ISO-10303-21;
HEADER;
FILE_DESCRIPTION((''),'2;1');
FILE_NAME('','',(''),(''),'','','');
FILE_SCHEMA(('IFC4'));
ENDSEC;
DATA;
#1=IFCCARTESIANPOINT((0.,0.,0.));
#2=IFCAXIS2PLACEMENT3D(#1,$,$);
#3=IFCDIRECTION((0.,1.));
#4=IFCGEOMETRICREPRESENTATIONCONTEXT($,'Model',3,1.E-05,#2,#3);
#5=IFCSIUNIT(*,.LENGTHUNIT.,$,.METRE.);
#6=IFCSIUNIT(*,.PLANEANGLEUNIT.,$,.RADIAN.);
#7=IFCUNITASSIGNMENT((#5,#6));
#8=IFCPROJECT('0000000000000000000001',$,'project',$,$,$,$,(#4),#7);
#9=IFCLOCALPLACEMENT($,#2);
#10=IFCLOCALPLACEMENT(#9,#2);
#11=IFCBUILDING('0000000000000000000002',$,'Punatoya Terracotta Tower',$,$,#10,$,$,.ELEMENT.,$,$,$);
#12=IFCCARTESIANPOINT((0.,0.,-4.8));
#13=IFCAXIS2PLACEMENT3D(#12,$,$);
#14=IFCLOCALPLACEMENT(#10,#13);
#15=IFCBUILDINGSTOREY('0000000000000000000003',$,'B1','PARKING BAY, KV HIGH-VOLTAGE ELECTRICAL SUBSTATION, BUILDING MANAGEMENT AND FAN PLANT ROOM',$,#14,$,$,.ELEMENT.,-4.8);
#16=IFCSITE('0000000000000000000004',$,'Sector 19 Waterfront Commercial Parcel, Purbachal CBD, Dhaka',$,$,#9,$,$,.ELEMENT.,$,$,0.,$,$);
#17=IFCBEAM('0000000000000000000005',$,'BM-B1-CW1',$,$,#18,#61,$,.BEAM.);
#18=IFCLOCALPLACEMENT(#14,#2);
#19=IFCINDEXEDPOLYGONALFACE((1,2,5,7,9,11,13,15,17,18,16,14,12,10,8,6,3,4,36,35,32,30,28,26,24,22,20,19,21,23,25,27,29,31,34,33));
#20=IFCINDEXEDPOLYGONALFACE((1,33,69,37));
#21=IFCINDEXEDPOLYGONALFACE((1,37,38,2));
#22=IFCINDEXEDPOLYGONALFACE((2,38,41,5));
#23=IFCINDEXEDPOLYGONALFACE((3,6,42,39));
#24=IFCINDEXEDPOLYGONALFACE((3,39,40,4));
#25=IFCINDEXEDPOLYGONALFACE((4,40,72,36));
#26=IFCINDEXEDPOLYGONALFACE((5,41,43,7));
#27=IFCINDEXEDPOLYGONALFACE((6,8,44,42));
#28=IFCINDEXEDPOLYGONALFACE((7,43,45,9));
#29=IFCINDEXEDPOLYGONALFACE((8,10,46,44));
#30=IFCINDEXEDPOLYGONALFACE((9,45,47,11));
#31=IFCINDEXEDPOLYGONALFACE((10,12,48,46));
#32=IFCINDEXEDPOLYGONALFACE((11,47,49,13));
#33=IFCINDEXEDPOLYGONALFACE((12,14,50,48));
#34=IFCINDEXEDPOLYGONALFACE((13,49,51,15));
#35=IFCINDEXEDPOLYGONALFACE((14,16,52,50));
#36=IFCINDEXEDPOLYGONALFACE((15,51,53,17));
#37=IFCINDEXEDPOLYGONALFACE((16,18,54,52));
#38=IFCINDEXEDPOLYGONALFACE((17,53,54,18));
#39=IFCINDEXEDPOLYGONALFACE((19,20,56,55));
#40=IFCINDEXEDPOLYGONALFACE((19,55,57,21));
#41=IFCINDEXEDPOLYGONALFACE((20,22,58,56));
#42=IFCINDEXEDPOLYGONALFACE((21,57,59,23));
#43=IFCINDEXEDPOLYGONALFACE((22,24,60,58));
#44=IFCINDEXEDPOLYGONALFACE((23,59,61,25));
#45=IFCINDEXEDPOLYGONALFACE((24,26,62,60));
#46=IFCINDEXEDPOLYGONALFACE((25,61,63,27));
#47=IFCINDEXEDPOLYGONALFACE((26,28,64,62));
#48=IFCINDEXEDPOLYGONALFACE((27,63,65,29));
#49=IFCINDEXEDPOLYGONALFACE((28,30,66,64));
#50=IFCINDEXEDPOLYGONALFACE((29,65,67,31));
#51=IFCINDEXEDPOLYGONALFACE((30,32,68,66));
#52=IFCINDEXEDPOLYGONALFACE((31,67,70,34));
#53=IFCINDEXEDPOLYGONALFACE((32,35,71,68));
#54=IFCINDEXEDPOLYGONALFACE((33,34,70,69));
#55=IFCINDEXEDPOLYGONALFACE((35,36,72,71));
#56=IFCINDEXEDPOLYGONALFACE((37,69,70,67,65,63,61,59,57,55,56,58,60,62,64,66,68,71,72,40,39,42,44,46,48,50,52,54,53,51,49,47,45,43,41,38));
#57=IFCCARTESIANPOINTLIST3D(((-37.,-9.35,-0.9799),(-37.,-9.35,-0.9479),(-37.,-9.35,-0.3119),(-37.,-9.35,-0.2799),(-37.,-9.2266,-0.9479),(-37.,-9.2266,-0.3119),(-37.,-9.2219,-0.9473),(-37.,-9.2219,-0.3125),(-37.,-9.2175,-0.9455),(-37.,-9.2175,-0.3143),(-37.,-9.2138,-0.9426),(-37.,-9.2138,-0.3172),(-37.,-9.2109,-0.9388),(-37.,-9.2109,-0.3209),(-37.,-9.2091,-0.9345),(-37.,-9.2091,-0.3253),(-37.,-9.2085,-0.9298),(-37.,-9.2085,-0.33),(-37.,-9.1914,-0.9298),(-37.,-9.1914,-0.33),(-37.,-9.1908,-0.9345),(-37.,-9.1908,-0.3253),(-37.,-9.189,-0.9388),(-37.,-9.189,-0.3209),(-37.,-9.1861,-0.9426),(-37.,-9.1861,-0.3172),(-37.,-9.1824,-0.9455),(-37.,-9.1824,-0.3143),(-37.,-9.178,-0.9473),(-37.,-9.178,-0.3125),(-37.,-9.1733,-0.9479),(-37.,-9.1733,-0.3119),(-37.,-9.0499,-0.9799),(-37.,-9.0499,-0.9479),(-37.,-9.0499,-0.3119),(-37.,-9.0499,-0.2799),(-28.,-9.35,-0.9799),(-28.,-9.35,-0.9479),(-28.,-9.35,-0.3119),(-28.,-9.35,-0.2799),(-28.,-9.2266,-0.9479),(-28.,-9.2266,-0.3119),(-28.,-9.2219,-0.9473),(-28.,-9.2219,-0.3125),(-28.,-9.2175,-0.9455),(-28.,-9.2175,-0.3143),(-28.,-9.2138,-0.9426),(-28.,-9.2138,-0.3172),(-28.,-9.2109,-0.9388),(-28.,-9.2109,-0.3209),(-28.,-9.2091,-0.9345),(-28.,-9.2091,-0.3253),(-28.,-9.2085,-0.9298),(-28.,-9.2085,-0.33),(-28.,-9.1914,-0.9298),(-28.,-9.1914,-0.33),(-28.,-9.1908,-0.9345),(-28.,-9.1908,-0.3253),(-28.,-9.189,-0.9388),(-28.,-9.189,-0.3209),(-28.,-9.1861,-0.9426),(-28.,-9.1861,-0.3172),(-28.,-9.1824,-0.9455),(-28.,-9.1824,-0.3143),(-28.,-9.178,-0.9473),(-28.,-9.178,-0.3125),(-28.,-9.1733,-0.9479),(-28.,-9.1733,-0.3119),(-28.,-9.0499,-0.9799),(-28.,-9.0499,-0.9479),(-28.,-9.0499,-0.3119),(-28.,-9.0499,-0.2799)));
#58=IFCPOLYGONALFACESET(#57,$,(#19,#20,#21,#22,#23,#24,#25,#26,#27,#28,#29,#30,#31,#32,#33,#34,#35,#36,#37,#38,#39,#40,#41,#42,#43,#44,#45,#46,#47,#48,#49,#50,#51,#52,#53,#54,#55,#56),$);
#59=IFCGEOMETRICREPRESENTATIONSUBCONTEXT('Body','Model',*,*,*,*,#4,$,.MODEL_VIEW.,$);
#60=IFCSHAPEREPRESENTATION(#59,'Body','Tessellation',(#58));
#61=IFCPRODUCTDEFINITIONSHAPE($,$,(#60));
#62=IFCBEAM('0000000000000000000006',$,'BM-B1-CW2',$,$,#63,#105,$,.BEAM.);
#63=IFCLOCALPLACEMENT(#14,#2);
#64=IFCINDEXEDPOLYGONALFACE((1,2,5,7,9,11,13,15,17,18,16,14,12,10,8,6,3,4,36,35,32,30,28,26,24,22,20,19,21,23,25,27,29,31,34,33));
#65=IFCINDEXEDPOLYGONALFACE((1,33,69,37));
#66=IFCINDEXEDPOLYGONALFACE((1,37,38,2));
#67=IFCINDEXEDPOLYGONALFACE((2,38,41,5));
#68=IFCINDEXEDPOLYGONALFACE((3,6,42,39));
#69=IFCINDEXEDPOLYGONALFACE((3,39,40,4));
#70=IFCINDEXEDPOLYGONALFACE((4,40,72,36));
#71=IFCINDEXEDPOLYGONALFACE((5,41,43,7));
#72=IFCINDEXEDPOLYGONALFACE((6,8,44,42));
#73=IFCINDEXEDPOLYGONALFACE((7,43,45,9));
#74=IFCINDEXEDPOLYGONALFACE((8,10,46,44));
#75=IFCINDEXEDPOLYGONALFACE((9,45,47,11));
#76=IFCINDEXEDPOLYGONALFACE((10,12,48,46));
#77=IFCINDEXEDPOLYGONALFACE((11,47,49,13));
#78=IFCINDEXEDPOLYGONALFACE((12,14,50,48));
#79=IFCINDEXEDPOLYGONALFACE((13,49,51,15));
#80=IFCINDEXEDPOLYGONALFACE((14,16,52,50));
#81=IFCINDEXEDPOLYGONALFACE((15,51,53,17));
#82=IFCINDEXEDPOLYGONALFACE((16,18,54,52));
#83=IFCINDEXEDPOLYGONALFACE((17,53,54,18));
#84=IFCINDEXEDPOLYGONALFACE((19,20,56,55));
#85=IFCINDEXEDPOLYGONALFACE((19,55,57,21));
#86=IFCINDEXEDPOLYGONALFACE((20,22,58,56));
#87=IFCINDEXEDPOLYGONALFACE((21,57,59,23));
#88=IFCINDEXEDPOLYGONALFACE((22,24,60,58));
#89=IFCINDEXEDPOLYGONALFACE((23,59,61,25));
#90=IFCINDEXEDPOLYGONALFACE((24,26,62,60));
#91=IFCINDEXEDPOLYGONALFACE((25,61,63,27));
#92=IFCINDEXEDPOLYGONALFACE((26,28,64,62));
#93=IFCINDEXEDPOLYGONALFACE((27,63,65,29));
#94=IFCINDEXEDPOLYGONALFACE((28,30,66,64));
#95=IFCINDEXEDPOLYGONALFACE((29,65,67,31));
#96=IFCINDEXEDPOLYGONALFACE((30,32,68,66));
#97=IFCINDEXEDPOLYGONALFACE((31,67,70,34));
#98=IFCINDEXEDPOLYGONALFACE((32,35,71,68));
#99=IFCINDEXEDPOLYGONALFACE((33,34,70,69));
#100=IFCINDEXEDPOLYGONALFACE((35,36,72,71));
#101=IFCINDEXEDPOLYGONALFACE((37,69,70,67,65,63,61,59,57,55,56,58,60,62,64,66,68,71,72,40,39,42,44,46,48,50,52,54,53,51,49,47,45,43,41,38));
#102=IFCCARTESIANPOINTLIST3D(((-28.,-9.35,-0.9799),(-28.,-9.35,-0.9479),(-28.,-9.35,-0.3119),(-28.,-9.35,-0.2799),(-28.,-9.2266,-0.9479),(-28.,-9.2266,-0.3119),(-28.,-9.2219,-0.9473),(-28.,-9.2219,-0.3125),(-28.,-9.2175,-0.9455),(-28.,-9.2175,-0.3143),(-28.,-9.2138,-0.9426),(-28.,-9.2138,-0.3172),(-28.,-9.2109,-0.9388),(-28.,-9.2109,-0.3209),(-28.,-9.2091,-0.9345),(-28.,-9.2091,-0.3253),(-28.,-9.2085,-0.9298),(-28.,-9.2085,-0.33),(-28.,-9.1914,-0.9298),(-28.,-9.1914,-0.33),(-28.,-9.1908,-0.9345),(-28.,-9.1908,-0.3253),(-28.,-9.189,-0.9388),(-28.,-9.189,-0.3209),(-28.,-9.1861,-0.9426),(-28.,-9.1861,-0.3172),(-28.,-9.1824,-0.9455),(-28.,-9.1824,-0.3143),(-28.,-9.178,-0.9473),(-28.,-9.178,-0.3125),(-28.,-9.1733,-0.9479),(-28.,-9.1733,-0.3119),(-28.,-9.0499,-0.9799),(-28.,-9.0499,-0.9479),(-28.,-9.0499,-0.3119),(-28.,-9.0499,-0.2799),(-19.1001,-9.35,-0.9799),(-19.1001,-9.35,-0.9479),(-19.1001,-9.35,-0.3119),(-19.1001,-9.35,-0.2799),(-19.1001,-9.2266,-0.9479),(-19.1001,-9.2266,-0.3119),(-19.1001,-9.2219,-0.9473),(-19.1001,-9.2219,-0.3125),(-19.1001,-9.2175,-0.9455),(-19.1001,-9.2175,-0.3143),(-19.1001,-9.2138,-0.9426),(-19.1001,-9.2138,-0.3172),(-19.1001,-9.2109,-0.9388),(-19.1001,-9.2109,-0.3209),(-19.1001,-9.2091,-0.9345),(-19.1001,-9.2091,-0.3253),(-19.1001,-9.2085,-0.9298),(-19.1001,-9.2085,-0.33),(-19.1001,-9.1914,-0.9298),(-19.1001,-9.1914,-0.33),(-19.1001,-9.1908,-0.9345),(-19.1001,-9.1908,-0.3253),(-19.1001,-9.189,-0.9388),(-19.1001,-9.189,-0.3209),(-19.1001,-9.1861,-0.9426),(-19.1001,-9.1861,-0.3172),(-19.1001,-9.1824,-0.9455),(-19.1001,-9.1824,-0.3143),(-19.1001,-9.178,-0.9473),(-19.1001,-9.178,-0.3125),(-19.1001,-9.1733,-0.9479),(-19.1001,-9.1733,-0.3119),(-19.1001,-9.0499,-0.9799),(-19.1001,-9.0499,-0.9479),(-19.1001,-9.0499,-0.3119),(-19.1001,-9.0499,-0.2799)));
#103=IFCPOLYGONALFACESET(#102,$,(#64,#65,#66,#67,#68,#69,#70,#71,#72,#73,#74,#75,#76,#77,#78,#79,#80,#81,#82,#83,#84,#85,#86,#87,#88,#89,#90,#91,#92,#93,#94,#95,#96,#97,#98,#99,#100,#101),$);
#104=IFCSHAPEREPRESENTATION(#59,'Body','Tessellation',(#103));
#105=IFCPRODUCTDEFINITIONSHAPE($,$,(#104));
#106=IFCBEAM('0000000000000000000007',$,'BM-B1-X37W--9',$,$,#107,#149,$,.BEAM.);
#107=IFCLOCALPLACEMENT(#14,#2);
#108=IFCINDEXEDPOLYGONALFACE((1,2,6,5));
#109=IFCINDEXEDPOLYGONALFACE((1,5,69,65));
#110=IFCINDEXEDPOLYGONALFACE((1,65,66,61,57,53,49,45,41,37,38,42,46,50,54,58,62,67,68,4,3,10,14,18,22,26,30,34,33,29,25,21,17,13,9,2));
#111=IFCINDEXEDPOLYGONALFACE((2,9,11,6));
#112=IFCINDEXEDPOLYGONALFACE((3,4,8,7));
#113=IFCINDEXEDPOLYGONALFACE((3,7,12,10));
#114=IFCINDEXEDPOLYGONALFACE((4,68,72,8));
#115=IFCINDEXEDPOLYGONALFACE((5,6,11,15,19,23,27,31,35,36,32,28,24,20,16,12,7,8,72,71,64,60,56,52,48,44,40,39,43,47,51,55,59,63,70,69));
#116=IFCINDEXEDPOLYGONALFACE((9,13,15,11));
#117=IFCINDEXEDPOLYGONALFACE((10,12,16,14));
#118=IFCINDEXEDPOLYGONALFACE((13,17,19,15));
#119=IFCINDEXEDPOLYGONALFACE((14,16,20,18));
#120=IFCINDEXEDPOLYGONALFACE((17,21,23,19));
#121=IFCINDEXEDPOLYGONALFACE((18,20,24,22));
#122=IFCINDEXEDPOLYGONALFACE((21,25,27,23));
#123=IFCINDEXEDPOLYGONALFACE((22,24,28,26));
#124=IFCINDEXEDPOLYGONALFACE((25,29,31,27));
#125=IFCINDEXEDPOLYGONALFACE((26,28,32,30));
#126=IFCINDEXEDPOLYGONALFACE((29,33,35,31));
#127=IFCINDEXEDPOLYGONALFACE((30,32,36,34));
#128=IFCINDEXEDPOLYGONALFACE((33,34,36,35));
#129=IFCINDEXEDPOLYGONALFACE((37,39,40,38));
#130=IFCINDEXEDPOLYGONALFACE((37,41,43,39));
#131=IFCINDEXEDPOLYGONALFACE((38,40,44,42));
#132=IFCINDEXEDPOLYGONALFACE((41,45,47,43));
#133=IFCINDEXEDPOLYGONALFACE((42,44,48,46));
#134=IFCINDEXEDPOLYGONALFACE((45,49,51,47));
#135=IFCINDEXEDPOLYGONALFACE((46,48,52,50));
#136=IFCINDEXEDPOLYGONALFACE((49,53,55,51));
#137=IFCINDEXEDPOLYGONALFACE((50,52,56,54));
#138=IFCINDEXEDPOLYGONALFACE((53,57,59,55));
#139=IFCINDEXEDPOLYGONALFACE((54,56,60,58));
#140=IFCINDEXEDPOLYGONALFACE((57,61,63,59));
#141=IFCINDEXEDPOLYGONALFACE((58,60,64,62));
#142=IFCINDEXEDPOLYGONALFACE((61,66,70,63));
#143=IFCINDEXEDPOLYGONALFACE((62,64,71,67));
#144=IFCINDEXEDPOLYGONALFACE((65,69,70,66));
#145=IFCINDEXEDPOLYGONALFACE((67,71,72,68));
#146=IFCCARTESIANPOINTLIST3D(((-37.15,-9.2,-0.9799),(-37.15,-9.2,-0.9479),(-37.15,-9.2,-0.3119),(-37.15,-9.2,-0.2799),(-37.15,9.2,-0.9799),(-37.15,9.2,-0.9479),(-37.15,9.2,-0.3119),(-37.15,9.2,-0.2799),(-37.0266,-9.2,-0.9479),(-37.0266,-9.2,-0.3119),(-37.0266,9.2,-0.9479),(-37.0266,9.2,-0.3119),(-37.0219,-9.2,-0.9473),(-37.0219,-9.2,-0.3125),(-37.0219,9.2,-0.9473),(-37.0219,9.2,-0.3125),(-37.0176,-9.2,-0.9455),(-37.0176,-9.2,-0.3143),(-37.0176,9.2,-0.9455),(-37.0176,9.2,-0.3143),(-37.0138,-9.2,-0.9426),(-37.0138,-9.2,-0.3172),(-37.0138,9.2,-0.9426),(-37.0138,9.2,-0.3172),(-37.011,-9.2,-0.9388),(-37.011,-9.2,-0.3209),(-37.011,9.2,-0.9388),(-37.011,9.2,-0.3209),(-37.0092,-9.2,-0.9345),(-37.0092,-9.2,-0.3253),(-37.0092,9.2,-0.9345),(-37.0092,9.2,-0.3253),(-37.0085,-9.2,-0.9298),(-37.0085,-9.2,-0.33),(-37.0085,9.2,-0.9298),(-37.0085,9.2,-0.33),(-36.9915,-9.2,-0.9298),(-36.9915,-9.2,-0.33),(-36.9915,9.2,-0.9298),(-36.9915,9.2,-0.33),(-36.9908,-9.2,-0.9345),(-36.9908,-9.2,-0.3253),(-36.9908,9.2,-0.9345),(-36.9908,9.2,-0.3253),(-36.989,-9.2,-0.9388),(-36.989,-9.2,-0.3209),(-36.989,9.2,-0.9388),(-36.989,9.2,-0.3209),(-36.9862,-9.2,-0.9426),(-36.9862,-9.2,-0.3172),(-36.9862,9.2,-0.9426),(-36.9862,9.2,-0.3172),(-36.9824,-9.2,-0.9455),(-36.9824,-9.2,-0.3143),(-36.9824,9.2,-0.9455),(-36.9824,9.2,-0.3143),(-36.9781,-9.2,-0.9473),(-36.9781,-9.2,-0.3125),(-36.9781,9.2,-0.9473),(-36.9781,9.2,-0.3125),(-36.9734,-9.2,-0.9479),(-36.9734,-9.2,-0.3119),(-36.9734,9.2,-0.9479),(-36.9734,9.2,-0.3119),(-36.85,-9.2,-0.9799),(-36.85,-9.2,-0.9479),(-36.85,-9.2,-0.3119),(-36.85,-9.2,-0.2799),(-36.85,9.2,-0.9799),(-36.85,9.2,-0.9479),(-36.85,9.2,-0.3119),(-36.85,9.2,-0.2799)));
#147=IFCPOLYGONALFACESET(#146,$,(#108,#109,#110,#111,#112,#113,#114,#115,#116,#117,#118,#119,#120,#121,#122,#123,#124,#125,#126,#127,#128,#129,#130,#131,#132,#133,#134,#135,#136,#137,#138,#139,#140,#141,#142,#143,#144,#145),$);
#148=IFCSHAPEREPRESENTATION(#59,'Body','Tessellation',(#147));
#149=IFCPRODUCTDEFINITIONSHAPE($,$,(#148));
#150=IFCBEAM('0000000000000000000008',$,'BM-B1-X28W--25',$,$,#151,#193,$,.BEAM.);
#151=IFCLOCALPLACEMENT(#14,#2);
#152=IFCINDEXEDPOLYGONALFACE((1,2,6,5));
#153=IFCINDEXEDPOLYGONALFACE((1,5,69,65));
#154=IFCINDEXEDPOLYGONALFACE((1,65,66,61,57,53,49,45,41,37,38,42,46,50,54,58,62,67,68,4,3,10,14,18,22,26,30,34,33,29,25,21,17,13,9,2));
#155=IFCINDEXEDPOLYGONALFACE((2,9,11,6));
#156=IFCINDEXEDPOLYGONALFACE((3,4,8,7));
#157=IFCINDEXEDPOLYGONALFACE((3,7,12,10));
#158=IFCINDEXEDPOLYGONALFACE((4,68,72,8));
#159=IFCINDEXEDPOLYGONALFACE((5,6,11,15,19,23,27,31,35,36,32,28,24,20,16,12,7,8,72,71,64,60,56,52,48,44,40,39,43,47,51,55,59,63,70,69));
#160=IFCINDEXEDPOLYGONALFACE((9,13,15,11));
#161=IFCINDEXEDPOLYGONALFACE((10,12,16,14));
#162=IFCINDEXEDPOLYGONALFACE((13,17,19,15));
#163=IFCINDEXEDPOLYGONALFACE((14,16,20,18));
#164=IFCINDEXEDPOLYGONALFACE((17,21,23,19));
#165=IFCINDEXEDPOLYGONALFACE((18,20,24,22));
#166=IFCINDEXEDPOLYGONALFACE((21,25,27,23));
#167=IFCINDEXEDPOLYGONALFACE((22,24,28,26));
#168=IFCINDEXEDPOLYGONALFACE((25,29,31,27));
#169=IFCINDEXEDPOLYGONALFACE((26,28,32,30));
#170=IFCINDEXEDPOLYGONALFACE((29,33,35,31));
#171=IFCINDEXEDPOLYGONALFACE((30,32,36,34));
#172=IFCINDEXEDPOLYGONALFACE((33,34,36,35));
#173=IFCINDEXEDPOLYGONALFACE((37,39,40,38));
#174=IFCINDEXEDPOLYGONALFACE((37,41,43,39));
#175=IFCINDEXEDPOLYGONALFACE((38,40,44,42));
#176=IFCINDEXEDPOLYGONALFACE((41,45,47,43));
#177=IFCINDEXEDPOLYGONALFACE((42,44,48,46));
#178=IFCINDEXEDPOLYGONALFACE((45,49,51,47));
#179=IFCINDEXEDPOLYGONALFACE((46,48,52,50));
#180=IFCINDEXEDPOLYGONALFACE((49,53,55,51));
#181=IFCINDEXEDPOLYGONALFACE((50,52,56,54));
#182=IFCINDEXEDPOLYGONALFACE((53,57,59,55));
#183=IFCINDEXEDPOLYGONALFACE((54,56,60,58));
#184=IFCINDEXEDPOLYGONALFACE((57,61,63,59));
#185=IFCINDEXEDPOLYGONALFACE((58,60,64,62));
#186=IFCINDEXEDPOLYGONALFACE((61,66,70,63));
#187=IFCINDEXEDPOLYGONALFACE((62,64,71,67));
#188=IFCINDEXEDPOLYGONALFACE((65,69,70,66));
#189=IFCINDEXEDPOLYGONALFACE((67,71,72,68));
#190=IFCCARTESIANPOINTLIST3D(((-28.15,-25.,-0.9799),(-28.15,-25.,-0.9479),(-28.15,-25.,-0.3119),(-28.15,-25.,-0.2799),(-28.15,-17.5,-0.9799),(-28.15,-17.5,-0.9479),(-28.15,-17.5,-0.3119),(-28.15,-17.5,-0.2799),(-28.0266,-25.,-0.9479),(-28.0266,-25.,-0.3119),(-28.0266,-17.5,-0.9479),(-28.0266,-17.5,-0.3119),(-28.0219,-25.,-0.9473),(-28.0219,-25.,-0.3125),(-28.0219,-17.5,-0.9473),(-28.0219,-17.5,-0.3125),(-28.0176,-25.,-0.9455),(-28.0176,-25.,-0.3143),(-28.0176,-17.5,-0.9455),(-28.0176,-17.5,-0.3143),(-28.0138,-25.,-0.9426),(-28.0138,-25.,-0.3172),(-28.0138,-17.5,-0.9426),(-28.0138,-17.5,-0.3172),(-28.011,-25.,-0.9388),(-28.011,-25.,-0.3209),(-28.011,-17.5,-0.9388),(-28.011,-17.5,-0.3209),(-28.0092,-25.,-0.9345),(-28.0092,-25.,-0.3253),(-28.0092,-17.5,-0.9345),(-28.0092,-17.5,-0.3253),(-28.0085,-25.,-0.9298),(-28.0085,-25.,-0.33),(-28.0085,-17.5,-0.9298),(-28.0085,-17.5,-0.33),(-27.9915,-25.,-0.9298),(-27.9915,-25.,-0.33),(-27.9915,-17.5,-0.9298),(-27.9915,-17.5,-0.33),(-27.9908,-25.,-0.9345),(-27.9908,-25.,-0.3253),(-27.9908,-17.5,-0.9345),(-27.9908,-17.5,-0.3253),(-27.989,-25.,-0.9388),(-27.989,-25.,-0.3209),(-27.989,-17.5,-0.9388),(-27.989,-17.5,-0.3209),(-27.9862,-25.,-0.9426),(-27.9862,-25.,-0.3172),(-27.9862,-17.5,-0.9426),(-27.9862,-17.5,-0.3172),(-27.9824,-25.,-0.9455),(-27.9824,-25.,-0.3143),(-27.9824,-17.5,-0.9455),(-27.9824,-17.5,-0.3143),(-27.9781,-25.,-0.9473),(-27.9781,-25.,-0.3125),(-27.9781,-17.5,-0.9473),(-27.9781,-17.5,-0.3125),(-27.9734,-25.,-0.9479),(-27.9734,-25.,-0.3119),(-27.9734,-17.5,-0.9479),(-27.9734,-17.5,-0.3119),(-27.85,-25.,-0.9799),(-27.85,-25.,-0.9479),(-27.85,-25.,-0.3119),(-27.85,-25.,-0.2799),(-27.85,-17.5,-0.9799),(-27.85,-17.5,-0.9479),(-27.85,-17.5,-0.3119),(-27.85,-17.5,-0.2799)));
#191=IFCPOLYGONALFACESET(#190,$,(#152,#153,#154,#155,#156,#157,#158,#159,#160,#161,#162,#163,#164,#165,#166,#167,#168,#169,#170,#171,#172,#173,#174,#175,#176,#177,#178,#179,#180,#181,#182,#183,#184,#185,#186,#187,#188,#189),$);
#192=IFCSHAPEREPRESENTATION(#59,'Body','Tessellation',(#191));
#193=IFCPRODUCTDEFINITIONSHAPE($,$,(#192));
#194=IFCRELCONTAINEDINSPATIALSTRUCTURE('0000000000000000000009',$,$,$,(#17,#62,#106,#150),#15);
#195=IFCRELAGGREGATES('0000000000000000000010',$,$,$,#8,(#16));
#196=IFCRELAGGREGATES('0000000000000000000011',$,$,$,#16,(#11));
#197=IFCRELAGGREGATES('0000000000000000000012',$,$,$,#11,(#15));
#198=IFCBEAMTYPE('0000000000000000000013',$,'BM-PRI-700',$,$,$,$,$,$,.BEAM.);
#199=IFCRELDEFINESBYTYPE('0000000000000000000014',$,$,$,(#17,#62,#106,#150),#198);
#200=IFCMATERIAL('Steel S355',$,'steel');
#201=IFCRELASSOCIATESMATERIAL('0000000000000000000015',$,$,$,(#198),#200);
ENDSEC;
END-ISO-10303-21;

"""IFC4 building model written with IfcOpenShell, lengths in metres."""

from ifc_helpers import new_model, si_unit, direction, frame, origin, origin_2d, place, context, subcontext, project, spatial, i_section, extrude, material, material_profile, profile_set, type_object, element, save


model = new_model("IFC4")

# Units and contexts
model_context = context("Model", 3, precision=1e-05, world=origin(), true_north=direction((0.0, 1.0)))
body_context = subcontext(model_context, "Body", "Model", "MODEL_VIEW")
ifc_project = project(units=[si_unit("LENGTHUNIT", "METRE"), si_unit("PLANEANGLEUNIT", "RADIAN")], contexts=[model_context])

# Site, building, storey
site_placement = place(None, origin())
site = spatial("IfcSite", under=ifc_project, at=site_placement, Name="Sector 19 Waterfront Commercial Parcel, Purbachal CBD, Dhaka", CompositionType="ELEMENT", RefElevation=0.0)
building_placement = place(site_placement, origin())
building = spatial("IfcBuilding", under=site, at=building_placement, Name="Punatoya Terracotta Tower", CompositionType="ELEMENT")
storey_placement = place(building_placement, frame((0.0, 0.0, -4.8)))
storey = spatial("IfcBuildingStorey", under=building, at=storey_placement, Name="B1", Description="PARKING BAY, KV HIGH-VOLTAGE ELECTRICAL SUBSTATION, BUILDING MANAGEMENT AND FAN PLANT ROOM", CompositionType="ELEMENT", Elevation=-4.8)

# Beams
ifc_material_1 = material(Name="Steel S355", Category="steel")
ifc_material_profile_1 = material_profile(ifc_material_1, i_section(OverallWidth=0.3, OverallDepth=0.7, WebThickness=0.0171, FlangeThickness=0.032, FilletRadius=0.0181, at=origin_2d()))
ifc_profile_set_1 = profile_set([ifc_material_profile_1], Name="Steel S355")
beam_type_1 = type_object("IfcBeamType", Name="BM-PRI-700", PredefinedType="BEAM", material=ifc_profile_set_1)
beam_1_placement = place(storey_placement, frame((-37.0, -9.2, -0.6299), z_axis=(1.0, 0.0, 0.0), x_axis=(0.0, 1.0, 0.0)))
element("IfcBeam", 1, at=beam_1_placement, inside=storey, type_object=beam_type_1, Name="BM-B1-CW1", PredefinedType="BEAM", context=body_context, shape_type="SweptSolid", body=[
    extrude(i_section(OverallWidth=0.3, OverallDepth=0.7, WebThickness=0.0171, FlangeThickness=0.032, FilletRadius=0.0181, at=origin_2d()), origin(), (0.0, 0.0, 1.0), 9.0),
])
beam_2_placement = place(storey_placement, frame((-28.0, -9.2, -0.6299), z_axis=(1.0, 0.0, 0.0), x_axis=(0.0, 1.0, 0.0)))
element("IfcBeam", 2, at=beam_2_placement, inside=storey, type_object=beam_type_1, Name="BM-B1-CW2", PredefinedType="BEAM", context=body_context, shape_type="SweptSolid", body=[
    extrude(i_section(OverallWidth=0.3, OverallDepth=0.7, WebThickness=0.0171, FlangeThickness=0.032, FilletRadius=0.0181, at=origin_2d()), origin(), (0.0, 0.0, 1.0), 8.8999),
])
beam_3_placement = place(storey_placement, frame((-37.0, -9.2, -0.6299), z_axis=(0.0, 1.0, 0.0), x_axis=(-1.0, 0.0, 0.0)))
element("IfcBeam", 3, at=beam_3_placement, inside=storey, type_object=beam_type_1, Name="BM-B1-X37W--9", PredefinedType="BEAM", context=body_context, shape_type="SweptSolid", body=[
    extrude(i_section(OverallWidth=0.3, OverallDepth=0.7, WebThickness=0.0171, FlangeThickness=0.032, FilletRadius=0.0181, at=origin_2d()), origin(), (0.0, 0.0, 1.0), 18.3999),
])
beam_4_placement = place(storey_placement, frame((-28.0, -25.0, -0.6299), z_axis=(0.0, 1.0, 0.0), x_axis=(-1.0, 0.0, 0.0)))
element("IfcBeam", 4, at=beam_4_placement, inside=storey, type_object=beam_type_1, Name="BM-B1-X28W--25", PredefinedType="BEAM", context=body_context, shape_type="SweptSolid", body=[
    extrude(i_section(OverallWidth=0.3, OverallDepth=0.7, WebThickness=0.0171, FlangeThickness=0.032, FilletRadius=0.0181, at=origin_2d()), origin(), (0.0, 0.0, 1.0), 7.5),
])

save(model, "model.ifc")
